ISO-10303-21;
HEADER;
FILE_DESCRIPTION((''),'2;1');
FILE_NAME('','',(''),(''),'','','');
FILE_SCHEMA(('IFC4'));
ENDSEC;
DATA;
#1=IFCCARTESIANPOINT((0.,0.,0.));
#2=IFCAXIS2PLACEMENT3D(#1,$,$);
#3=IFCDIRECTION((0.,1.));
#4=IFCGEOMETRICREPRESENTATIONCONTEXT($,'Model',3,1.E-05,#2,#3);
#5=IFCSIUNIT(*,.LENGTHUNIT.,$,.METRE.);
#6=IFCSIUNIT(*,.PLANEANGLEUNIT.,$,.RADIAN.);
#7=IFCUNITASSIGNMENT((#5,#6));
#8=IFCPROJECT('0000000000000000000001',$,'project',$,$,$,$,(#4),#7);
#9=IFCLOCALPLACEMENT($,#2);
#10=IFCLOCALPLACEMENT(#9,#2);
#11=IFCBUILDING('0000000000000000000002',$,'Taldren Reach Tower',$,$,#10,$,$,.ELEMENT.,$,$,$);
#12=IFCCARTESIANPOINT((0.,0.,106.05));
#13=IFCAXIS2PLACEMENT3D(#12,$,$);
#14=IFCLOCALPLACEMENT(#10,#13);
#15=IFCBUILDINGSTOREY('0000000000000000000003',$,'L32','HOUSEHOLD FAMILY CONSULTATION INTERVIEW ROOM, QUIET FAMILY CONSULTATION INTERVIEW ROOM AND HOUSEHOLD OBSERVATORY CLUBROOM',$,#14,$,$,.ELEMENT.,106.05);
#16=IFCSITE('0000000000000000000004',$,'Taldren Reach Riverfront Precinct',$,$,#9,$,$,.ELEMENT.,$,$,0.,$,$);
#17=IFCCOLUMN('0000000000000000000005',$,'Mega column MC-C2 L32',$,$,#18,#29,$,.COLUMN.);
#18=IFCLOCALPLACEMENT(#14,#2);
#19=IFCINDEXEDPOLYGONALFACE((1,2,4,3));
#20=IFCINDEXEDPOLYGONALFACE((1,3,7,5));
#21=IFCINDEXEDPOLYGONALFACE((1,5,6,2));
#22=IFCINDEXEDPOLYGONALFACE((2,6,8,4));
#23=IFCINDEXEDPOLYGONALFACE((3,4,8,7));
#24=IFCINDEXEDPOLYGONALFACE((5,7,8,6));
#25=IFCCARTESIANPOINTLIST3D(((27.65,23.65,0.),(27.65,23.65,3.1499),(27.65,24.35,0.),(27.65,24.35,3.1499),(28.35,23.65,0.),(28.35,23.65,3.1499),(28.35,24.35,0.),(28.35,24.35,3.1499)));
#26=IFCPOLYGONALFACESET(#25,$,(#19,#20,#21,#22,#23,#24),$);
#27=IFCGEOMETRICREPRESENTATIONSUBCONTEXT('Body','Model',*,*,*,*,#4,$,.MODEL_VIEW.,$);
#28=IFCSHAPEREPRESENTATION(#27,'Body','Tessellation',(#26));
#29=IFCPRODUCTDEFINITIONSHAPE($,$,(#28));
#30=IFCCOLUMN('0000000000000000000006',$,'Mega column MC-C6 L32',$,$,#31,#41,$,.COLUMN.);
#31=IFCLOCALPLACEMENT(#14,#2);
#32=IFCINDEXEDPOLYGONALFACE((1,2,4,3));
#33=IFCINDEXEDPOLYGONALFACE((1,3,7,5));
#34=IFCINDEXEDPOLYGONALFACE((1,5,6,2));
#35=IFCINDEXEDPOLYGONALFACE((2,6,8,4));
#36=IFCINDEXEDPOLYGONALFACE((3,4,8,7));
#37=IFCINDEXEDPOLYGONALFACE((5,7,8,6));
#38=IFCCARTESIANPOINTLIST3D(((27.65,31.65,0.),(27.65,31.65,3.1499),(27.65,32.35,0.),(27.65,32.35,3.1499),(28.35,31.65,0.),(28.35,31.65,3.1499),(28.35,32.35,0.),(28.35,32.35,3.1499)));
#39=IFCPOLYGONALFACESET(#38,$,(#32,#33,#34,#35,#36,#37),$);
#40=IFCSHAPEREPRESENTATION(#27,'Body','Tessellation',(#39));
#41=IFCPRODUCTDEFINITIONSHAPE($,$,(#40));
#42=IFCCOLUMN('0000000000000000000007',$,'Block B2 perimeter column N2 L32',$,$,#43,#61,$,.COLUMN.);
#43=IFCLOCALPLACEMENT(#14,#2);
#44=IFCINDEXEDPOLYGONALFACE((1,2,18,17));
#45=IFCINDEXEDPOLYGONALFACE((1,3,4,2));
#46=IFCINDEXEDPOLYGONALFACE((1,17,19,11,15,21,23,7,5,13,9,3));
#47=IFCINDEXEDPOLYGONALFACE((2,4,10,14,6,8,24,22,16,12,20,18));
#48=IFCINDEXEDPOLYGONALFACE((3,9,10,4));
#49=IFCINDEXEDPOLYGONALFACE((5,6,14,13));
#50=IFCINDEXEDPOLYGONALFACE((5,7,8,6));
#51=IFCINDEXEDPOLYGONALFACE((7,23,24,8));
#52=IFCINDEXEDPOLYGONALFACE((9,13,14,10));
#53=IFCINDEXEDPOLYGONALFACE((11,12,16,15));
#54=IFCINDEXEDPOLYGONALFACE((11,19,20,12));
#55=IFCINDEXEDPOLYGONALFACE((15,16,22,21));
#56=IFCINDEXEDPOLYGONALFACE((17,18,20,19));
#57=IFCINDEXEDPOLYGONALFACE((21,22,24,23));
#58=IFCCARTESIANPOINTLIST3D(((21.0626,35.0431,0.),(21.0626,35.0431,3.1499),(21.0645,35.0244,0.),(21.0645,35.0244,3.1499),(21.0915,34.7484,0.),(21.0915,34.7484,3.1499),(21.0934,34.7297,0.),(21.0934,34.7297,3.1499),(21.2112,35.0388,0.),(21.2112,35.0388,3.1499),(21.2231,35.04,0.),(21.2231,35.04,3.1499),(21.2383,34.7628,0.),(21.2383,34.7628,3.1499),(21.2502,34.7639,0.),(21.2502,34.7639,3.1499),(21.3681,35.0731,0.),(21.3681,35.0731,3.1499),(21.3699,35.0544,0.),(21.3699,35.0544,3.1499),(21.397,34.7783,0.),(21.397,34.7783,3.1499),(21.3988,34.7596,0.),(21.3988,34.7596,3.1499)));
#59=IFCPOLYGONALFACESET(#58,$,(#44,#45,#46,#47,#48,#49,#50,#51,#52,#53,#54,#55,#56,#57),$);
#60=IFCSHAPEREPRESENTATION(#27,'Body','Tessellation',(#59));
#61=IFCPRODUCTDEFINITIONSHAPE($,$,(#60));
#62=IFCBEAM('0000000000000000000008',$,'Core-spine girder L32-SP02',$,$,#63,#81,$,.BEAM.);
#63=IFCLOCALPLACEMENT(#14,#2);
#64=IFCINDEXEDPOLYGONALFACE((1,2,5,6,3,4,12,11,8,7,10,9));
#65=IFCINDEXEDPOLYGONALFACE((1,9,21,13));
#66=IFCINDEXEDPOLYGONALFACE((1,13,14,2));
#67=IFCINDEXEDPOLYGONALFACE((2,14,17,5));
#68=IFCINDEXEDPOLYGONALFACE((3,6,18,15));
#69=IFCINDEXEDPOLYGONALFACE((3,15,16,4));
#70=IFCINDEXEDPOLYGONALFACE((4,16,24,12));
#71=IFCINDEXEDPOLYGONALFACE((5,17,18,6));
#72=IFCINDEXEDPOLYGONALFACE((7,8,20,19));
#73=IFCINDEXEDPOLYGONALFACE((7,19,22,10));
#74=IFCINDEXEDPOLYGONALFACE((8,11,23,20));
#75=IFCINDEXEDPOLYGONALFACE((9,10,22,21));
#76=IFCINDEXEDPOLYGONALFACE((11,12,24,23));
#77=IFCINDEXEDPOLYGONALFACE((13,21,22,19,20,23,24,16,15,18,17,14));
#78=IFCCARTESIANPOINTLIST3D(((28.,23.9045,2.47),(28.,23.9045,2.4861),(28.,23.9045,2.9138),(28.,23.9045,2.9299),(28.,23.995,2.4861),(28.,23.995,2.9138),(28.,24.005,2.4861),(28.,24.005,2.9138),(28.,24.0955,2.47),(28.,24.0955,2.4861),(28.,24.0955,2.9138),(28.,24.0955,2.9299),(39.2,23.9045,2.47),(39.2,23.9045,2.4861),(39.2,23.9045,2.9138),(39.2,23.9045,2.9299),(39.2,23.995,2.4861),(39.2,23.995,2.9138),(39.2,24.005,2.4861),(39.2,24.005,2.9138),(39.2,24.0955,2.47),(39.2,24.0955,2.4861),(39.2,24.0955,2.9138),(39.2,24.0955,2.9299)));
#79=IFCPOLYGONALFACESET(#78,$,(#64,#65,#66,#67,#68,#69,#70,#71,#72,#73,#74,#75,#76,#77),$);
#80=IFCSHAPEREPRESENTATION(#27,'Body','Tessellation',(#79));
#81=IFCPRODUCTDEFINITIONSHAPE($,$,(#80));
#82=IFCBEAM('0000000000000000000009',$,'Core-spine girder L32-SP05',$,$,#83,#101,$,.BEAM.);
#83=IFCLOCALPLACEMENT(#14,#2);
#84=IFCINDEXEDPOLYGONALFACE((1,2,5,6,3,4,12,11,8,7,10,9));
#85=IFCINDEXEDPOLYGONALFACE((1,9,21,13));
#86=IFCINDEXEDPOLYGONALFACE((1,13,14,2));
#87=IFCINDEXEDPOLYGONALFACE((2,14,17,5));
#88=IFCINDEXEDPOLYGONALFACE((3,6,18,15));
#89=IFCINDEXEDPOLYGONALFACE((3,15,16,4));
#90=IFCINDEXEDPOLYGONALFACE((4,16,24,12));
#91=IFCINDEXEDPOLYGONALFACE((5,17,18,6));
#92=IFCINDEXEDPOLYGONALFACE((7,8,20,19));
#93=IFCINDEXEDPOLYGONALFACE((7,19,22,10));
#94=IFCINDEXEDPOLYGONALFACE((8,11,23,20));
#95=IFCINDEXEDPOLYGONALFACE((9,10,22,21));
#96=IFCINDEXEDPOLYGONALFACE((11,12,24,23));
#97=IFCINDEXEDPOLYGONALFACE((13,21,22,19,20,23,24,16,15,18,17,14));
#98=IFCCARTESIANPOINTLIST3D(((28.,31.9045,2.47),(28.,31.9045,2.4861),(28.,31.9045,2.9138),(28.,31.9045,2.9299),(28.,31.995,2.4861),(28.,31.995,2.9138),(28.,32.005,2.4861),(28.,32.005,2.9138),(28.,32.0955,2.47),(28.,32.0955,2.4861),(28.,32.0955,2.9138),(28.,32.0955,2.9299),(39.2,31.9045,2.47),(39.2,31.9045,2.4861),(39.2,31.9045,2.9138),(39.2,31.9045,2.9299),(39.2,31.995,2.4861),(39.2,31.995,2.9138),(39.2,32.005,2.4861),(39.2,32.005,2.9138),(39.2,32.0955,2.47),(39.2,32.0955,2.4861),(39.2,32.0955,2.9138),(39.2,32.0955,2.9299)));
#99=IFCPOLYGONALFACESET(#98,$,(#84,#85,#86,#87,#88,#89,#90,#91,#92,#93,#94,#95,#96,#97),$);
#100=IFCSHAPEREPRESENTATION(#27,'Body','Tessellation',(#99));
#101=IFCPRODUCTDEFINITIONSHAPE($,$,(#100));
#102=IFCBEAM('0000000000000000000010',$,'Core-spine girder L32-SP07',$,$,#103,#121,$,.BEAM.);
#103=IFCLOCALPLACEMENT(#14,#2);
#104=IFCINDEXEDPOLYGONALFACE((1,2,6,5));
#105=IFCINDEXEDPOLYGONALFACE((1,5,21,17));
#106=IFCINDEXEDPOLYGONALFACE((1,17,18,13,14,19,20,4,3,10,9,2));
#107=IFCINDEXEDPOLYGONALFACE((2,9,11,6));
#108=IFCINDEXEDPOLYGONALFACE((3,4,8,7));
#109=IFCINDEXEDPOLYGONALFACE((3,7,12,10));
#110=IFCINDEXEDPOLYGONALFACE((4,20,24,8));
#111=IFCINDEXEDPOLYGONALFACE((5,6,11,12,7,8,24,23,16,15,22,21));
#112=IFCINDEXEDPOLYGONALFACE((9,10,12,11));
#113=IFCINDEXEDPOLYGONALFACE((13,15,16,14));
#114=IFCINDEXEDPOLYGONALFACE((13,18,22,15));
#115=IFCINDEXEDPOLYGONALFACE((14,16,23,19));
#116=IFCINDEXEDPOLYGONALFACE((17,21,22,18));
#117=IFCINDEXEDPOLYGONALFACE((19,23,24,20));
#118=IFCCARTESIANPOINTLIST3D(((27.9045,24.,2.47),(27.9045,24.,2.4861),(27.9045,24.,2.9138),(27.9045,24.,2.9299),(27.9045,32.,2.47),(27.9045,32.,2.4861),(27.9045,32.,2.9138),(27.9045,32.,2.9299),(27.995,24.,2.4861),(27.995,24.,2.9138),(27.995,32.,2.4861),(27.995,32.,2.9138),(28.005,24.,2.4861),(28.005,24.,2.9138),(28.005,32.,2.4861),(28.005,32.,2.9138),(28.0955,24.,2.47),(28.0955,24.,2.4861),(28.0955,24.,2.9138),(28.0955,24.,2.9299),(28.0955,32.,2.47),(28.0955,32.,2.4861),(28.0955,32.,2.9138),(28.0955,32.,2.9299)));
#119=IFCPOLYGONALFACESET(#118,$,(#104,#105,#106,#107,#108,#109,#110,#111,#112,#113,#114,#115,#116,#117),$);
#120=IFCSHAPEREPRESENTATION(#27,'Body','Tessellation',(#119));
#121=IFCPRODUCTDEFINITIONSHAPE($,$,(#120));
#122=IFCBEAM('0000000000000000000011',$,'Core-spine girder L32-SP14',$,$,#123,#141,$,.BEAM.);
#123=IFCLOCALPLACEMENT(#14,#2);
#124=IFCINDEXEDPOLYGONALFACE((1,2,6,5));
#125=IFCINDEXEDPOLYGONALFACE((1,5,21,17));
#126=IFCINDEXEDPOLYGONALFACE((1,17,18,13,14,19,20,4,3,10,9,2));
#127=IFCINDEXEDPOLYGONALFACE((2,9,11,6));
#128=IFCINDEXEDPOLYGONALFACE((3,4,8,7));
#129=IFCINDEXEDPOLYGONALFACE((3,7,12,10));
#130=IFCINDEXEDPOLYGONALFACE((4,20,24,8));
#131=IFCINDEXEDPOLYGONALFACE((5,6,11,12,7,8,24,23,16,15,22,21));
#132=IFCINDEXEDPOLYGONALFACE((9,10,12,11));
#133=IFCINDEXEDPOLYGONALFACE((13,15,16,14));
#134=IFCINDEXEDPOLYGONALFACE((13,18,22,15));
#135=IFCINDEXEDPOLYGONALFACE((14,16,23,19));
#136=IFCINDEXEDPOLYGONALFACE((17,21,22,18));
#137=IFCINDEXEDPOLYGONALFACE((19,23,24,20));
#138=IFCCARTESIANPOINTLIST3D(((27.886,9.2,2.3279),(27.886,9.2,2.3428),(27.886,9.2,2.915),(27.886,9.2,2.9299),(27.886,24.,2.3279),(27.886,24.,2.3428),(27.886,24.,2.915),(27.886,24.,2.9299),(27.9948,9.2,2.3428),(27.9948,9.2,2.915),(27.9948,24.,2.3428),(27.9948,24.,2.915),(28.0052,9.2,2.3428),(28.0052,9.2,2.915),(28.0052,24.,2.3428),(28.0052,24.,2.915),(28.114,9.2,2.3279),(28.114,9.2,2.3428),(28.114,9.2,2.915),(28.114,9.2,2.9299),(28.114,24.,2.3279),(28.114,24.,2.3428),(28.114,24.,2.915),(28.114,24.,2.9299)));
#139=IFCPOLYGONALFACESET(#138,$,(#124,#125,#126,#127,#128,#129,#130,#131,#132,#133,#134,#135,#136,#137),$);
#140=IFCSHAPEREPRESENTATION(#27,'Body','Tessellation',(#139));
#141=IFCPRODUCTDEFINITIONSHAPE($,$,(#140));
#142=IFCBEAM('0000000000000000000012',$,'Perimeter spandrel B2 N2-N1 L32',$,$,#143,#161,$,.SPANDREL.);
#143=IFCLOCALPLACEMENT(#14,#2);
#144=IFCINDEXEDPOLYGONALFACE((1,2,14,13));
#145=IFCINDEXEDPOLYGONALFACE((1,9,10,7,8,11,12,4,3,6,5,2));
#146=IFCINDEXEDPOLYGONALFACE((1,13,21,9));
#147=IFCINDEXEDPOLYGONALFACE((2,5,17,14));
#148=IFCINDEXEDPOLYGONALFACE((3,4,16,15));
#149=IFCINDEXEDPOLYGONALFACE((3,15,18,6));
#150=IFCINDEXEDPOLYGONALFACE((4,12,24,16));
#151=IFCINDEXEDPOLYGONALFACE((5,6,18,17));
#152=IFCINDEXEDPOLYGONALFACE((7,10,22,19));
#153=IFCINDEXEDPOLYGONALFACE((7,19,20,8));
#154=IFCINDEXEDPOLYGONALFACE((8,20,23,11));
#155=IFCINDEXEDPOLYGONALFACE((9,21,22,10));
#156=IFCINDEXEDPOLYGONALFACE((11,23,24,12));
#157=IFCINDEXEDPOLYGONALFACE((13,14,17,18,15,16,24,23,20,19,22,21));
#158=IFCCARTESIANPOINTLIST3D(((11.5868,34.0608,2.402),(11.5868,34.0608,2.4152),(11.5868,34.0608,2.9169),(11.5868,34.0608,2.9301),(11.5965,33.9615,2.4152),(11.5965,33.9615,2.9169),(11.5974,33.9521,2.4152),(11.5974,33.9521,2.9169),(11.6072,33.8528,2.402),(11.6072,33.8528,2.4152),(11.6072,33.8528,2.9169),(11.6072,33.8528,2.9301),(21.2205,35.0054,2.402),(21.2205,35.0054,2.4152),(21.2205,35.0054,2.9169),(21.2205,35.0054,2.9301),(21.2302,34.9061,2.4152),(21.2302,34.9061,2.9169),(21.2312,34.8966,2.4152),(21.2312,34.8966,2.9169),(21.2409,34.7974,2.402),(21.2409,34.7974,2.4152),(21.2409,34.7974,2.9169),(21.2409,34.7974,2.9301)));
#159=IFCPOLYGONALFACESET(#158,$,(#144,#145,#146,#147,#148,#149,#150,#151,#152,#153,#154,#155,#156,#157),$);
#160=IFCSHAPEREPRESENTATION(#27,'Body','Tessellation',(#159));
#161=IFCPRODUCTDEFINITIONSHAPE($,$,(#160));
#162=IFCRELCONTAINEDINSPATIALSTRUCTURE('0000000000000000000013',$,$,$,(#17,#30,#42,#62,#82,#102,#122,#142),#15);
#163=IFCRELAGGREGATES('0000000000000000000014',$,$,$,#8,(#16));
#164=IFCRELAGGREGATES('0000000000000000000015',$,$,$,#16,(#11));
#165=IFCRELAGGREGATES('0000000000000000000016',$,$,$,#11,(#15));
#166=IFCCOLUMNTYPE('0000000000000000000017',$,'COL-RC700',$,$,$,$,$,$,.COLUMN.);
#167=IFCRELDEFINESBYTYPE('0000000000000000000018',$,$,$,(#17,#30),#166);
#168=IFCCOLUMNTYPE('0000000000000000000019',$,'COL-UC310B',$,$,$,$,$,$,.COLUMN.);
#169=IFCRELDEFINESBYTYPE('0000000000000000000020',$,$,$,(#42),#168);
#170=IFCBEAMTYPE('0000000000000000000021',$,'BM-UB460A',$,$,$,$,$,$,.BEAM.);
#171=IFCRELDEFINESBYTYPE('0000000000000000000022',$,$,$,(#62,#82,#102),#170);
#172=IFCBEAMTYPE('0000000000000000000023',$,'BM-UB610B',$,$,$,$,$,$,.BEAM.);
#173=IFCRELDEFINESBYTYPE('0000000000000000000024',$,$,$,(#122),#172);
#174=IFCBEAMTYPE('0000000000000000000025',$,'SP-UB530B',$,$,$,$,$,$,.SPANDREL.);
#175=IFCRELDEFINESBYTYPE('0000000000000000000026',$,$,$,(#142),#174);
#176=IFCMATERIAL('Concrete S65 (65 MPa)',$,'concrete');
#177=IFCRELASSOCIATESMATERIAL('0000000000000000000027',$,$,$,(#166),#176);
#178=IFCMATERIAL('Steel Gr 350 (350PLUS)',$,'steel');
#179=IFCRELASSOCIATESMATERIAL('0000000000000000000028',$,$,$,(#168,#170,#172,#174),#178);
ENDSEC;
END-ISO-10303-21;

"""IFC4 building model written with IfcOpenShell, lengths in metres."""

from ifc_helpers import new_model, si_unit, direction, frame, origin, origin_2d, place, context, subcontext, project, spatial, rectangle, i_section, extrude, source, transform, mapped, material, material_profile, profile_set, type_object, element, save


model = new_model("IFC4")

# Units and contexts
model_context = context("Model", 3, precision=1e-05, world=origin(), true_north=direction((0.0, 1.0)))
body_context = subcontext(model_context, "Body", "Model", "MODEL_VIEW")
ifc_project = project(units=[si_unit("LENGTHUNIT", "METRE"), si_unit("PLANEANGLEUNIT", "RADIAN")], contexts=[model_context])

# Site, building, storey
site_placement = place(None, origin())
site = spatial("IfcSite", under=ifc_project, at=site_placement, Name="Taldren Reach Riverfront Precinct", CompositionType="ELEMENT", RefElevation=0.0)
building_placement = place(site_placement, origin())
building = spatial("IfcBuilding", under=site, at=building_placement, Name="Taldren Reach Tower", CompositionType="ELEMENT")
storey_placement = place(building_placement, frame((0.0, 0.0, 106.05)))
storey = spatial("IfcBuildingStorey", under=building, at=storey_placement, Name="L32", Description="HOUSEHOLD FAMILY CONSULTATION INTERVIEW ROOM, QUIET FAMILY CONSULTATION INTERVIEW ROOM AND HOUSEHOLD OBSERVATORY CLUBROOM", CompositionType="ELEMENT", Elevation=106.05)

# Columns
ifc_material_1 = material(Name="Concrete S65 (65 MPa)", Category="concrete")
ifc_material_profile_1 = material_profile(ifc_material_1, rectangle(XDim=0.7, YDim=0.7, at=origin_2d()), Name="RC-700x700")
ifc_profile_set_1 = profile_set([ifc_material_profile_1], Name="Concrete S65 (65 MPa)")
column_type_1 = type_object("IfcColumnType", Name="COL-RC700", PredefinedType="COLUMN", material=ifc_profile_set_1)
shared_shape_1 = source(origin(), body_context, "Body", "SweptSolid", [
    extrude(rectangle(XDim=0.7, YDim=0.7, at=origin_2d()), origin(), (0.0, 0.0, 1.0), 3.1499),
])
for number, where, z_axis, x_axis, name in (
    (1, (28.0, 24.0, 0.0), (0.0, 0.0, 1.0), (1.0, 0.0, 0.0), "Mega column MC-C2 L32"),
    (2, (28.0, 32.0, 0.0), (0.0, 0.0, 1.0), (1.0, 0.0, 0.0), "Mega column MC-C6 L32"),
):
    element("IfcColumn", number, at=place(storey_placement, frame(where, z_axis=z_axis, x_axis=x_axis)), inside=storey, type_object=column_type_1, Name=name, PredefinedType="COLUMN", context=body_context, shape_type="MappedRepresentation", body=[
        mapped(shared_shape_1, transform((0.0, 0.0, 0.0), scale=1.0)),
    ])
ifc_material_2 = material(Name="Steel Gr 350 (350PLUS)", Category="steel")
ifc_material_profile_2 = material_profile(ifc_material_2, i_section(OverallWidth=0.3069, OverallDepth=0.3149, WebThickness=0.012, FlangeThickness=0.0188, at=origin_2d()), Name="310UC118")
ifc_profile_set_2 = profile_set([ifc_material_profile_2], Name="Steel Gr 350 (350PLUS)")
column_type_2 = type_object("IfcColumnType", Name="COL-UC310B", PredefinedType="COLUMN", material=ifc_profile_set_2)
shared_shape_2 = source(origin(), body_context, "Body", "SweptSolid", [
    extrude(i_section(OverallWidth=0.3069, OverallDepth=0.3149, WebThickness=0.012, FlangeThickness=0.0188, at=origin_2d()), origin(), (0.0, 0.0, 1.0), 3.1499),
])
column_placement = place(storey_placement, frame((21.2307, 34.9014, 0.0), z_axis=(0.0, 0.0, 1.0), x_axis=(0.995227, 0.097583, 0.0)))
element("IfcColumn", 3, at=column_placement, inside=storey, type_object=column_type_2, Name="Block B2 perimeter column N2 L32", PredefinedType="COLUMN", context=body_context, shape_type="MappedRepresentation", body=[
    mapped(shared_shape_2, transform((0.0, 0.0, 0.0), scale=1.0)),
])

# Beams
ifc_material_profile_3 = material_profile(ifc_material_2, i_section(OverallWidth=0.1909, OverallDepth=0.46, WebThickness=0.01, FlangeThickness=0.0161, at=origin_2d()), Name="460UB82.1")
ifc_profile_set_3 = profile_set([ifc_material_profile_3], Name="Steel Gr 350 (350PLUS)")
beam_type_1 = type_object("IfcBeamType", Name="BM-UB460A", PredefinedType="BEAM", material=ifc_profile_set_3)
shared_shape_3 = source(origin(), body_context, "Body", "SweptSolid", [
    extrude(i_section(OverallWidth=0.1909, OverallDepth=0.46, WebThickness=0.01, FlangeThickness=0.0161, at=origin_2d()), origin(), (0.0, 0.0, 1.0), 11.2),
])
for number, where, z_axis, x_axis, name in (
    (4, (28.0, 24.0, 2.7), (1.0, 0.0, 0.0), (0.0, 1.0, 0.0), "Core-spine girder L32-SP02"),
    (5, (28.0, 32.0, 2.7), (1.0, 0.0, 0.0), (0.0, 1.0, 0.0), "Core-spine girder L32-SP05"),
):
    element("IfcBeam", number, at=place(storey_placement, frame(where, z_axis=z_axis, x_axis=x_axis)), inside=storey, type_object=beam_type_1, Name=name, PredefinedType="BEAM", context=body_context, shape_type="MappedRepresentation", body=[
        mapped(shared_shape_3, transform((0.0, 0.0, 0.0), scale=1.0)),
    ])
shared_shape_4 = source(origin(), body_context, "Body", "SweptSolid", [
    extrude(i_section(OverallWidth=0.1909, OverallDepth=0.46, WebThickness=0.01, FlangeThickness=0.0161, at=origin_2d()), origin(), (0.0, 0.0, 1.0), 8.0),
])
beam_1_placement = place(storey_placement, frame((28.0, 24.0, 2.7), z_axis=(0.0, 1.0, 0.0), x_axis=(-1.0, 0.0, 0.0)))
element("IfcBeam", 6, at=beam_1_placement, inside=storey, type_object=beam_type_1, Name="Core-spine girder L32-SP07", PredefinedType="BEAM", context=body_context, shape_type="MappedRepresentation", body=[
    mapped(shared_shape_4, transform((0.0, 0.0, 0.0), scale=1.0)),
])
ifc_material_profile_4 = material_profile(ifc_material_2, i_section(OverallWidth=0.228, OverallDepth=0.6021, WebThickness=0.0105, FlangeThickness=0.0149, at=origin_2d()), Name="610UB101")
ifc_profile_set_4 = profile_set([ifc_material_profile_4], Name="Steel Gr 350 (350PLUS)")
beam_type_2 = type_object("IfcBeamType", Name="BM-UB610B", PredefinedType="BEAM", material=ifc_profile_set_4)
shared_shape_5 = source(origin(), body_context, "Body", "SweptSolid", [
    extrude(i_section(OverallWidth=0.228, OverallDepth=0.6021, WebThickness=0.0105, FlangeThickness=0.0149, at=origin_2d()), origin(), (0.0, 0.0, 1.0), 14.8),
])
beam_2_placement = place(storey_placement, frame((28.0, 24.0, 2.6289), z_axis=(0.0, -1.0, 0.0), x_axis=(1.0, 0.0, 0.0)))
element("IfcBeam", 7, at=beam_2_placement, inside=storey, type_object=beam_type_2, Name="Core-spine girder L32-SP14", PredefinedType="BEAM", context=body_context, shape_type="MappedRepresentation", body=[
    mapped(shared_shape_5, transform((0.0, 0.0, 0.0), scale=1.0)),
])
ifc_material_profile_5 = material_profile(ifc_material_2, i_section(OverallWidth=0.209, OverallDepth=0.5281, WebThickness=0.0095, FlangeThickness=0.0132, at=origin_2d()), Name="530UB82.0")
ifc_profile_set_5 = profile_set([ifc_material_profile_5], Name="Steel Gr 350 (350PLUS)")
beam_type_3 = type_object("IfcBeamType", Name="SP-UB530B", PredefinedType="SPANDREL", material=ifc_profile_set_5)
shared_shape_6 = source(origin(), body_context, "Body", "SweptSolid", [
    extrude(i_section(OverallWidth=0.209, OverallDepth=0.5281, WebThickness=0.0095, FlangeThickness=0.0132, at=origin_2d()), origin(), (0.0, 0.0, 1.0), 9.6799),
])
beam_3_placement = place(storey_placement, frame((21.2307, 34.9014, 2.666), z_axis=(-0.995228, -0.097581, 0.0), x_axis=(0.097581, -0.995228, 0.0)))
element("IfcBeam", 8, at=beam_3_placement, inside=storey, type_object=beam_type_3, Name="Perimeter spandrel B2 N2-N1 L32", PredefinedType="SPANDREL", context=body_context, shape_type="MappedRepresentation", body=[
    mapped(shared_shape_6, transform((0.0, 0.0, 0.0), scale=1.0)),
])

save(model, "model.ifc")
